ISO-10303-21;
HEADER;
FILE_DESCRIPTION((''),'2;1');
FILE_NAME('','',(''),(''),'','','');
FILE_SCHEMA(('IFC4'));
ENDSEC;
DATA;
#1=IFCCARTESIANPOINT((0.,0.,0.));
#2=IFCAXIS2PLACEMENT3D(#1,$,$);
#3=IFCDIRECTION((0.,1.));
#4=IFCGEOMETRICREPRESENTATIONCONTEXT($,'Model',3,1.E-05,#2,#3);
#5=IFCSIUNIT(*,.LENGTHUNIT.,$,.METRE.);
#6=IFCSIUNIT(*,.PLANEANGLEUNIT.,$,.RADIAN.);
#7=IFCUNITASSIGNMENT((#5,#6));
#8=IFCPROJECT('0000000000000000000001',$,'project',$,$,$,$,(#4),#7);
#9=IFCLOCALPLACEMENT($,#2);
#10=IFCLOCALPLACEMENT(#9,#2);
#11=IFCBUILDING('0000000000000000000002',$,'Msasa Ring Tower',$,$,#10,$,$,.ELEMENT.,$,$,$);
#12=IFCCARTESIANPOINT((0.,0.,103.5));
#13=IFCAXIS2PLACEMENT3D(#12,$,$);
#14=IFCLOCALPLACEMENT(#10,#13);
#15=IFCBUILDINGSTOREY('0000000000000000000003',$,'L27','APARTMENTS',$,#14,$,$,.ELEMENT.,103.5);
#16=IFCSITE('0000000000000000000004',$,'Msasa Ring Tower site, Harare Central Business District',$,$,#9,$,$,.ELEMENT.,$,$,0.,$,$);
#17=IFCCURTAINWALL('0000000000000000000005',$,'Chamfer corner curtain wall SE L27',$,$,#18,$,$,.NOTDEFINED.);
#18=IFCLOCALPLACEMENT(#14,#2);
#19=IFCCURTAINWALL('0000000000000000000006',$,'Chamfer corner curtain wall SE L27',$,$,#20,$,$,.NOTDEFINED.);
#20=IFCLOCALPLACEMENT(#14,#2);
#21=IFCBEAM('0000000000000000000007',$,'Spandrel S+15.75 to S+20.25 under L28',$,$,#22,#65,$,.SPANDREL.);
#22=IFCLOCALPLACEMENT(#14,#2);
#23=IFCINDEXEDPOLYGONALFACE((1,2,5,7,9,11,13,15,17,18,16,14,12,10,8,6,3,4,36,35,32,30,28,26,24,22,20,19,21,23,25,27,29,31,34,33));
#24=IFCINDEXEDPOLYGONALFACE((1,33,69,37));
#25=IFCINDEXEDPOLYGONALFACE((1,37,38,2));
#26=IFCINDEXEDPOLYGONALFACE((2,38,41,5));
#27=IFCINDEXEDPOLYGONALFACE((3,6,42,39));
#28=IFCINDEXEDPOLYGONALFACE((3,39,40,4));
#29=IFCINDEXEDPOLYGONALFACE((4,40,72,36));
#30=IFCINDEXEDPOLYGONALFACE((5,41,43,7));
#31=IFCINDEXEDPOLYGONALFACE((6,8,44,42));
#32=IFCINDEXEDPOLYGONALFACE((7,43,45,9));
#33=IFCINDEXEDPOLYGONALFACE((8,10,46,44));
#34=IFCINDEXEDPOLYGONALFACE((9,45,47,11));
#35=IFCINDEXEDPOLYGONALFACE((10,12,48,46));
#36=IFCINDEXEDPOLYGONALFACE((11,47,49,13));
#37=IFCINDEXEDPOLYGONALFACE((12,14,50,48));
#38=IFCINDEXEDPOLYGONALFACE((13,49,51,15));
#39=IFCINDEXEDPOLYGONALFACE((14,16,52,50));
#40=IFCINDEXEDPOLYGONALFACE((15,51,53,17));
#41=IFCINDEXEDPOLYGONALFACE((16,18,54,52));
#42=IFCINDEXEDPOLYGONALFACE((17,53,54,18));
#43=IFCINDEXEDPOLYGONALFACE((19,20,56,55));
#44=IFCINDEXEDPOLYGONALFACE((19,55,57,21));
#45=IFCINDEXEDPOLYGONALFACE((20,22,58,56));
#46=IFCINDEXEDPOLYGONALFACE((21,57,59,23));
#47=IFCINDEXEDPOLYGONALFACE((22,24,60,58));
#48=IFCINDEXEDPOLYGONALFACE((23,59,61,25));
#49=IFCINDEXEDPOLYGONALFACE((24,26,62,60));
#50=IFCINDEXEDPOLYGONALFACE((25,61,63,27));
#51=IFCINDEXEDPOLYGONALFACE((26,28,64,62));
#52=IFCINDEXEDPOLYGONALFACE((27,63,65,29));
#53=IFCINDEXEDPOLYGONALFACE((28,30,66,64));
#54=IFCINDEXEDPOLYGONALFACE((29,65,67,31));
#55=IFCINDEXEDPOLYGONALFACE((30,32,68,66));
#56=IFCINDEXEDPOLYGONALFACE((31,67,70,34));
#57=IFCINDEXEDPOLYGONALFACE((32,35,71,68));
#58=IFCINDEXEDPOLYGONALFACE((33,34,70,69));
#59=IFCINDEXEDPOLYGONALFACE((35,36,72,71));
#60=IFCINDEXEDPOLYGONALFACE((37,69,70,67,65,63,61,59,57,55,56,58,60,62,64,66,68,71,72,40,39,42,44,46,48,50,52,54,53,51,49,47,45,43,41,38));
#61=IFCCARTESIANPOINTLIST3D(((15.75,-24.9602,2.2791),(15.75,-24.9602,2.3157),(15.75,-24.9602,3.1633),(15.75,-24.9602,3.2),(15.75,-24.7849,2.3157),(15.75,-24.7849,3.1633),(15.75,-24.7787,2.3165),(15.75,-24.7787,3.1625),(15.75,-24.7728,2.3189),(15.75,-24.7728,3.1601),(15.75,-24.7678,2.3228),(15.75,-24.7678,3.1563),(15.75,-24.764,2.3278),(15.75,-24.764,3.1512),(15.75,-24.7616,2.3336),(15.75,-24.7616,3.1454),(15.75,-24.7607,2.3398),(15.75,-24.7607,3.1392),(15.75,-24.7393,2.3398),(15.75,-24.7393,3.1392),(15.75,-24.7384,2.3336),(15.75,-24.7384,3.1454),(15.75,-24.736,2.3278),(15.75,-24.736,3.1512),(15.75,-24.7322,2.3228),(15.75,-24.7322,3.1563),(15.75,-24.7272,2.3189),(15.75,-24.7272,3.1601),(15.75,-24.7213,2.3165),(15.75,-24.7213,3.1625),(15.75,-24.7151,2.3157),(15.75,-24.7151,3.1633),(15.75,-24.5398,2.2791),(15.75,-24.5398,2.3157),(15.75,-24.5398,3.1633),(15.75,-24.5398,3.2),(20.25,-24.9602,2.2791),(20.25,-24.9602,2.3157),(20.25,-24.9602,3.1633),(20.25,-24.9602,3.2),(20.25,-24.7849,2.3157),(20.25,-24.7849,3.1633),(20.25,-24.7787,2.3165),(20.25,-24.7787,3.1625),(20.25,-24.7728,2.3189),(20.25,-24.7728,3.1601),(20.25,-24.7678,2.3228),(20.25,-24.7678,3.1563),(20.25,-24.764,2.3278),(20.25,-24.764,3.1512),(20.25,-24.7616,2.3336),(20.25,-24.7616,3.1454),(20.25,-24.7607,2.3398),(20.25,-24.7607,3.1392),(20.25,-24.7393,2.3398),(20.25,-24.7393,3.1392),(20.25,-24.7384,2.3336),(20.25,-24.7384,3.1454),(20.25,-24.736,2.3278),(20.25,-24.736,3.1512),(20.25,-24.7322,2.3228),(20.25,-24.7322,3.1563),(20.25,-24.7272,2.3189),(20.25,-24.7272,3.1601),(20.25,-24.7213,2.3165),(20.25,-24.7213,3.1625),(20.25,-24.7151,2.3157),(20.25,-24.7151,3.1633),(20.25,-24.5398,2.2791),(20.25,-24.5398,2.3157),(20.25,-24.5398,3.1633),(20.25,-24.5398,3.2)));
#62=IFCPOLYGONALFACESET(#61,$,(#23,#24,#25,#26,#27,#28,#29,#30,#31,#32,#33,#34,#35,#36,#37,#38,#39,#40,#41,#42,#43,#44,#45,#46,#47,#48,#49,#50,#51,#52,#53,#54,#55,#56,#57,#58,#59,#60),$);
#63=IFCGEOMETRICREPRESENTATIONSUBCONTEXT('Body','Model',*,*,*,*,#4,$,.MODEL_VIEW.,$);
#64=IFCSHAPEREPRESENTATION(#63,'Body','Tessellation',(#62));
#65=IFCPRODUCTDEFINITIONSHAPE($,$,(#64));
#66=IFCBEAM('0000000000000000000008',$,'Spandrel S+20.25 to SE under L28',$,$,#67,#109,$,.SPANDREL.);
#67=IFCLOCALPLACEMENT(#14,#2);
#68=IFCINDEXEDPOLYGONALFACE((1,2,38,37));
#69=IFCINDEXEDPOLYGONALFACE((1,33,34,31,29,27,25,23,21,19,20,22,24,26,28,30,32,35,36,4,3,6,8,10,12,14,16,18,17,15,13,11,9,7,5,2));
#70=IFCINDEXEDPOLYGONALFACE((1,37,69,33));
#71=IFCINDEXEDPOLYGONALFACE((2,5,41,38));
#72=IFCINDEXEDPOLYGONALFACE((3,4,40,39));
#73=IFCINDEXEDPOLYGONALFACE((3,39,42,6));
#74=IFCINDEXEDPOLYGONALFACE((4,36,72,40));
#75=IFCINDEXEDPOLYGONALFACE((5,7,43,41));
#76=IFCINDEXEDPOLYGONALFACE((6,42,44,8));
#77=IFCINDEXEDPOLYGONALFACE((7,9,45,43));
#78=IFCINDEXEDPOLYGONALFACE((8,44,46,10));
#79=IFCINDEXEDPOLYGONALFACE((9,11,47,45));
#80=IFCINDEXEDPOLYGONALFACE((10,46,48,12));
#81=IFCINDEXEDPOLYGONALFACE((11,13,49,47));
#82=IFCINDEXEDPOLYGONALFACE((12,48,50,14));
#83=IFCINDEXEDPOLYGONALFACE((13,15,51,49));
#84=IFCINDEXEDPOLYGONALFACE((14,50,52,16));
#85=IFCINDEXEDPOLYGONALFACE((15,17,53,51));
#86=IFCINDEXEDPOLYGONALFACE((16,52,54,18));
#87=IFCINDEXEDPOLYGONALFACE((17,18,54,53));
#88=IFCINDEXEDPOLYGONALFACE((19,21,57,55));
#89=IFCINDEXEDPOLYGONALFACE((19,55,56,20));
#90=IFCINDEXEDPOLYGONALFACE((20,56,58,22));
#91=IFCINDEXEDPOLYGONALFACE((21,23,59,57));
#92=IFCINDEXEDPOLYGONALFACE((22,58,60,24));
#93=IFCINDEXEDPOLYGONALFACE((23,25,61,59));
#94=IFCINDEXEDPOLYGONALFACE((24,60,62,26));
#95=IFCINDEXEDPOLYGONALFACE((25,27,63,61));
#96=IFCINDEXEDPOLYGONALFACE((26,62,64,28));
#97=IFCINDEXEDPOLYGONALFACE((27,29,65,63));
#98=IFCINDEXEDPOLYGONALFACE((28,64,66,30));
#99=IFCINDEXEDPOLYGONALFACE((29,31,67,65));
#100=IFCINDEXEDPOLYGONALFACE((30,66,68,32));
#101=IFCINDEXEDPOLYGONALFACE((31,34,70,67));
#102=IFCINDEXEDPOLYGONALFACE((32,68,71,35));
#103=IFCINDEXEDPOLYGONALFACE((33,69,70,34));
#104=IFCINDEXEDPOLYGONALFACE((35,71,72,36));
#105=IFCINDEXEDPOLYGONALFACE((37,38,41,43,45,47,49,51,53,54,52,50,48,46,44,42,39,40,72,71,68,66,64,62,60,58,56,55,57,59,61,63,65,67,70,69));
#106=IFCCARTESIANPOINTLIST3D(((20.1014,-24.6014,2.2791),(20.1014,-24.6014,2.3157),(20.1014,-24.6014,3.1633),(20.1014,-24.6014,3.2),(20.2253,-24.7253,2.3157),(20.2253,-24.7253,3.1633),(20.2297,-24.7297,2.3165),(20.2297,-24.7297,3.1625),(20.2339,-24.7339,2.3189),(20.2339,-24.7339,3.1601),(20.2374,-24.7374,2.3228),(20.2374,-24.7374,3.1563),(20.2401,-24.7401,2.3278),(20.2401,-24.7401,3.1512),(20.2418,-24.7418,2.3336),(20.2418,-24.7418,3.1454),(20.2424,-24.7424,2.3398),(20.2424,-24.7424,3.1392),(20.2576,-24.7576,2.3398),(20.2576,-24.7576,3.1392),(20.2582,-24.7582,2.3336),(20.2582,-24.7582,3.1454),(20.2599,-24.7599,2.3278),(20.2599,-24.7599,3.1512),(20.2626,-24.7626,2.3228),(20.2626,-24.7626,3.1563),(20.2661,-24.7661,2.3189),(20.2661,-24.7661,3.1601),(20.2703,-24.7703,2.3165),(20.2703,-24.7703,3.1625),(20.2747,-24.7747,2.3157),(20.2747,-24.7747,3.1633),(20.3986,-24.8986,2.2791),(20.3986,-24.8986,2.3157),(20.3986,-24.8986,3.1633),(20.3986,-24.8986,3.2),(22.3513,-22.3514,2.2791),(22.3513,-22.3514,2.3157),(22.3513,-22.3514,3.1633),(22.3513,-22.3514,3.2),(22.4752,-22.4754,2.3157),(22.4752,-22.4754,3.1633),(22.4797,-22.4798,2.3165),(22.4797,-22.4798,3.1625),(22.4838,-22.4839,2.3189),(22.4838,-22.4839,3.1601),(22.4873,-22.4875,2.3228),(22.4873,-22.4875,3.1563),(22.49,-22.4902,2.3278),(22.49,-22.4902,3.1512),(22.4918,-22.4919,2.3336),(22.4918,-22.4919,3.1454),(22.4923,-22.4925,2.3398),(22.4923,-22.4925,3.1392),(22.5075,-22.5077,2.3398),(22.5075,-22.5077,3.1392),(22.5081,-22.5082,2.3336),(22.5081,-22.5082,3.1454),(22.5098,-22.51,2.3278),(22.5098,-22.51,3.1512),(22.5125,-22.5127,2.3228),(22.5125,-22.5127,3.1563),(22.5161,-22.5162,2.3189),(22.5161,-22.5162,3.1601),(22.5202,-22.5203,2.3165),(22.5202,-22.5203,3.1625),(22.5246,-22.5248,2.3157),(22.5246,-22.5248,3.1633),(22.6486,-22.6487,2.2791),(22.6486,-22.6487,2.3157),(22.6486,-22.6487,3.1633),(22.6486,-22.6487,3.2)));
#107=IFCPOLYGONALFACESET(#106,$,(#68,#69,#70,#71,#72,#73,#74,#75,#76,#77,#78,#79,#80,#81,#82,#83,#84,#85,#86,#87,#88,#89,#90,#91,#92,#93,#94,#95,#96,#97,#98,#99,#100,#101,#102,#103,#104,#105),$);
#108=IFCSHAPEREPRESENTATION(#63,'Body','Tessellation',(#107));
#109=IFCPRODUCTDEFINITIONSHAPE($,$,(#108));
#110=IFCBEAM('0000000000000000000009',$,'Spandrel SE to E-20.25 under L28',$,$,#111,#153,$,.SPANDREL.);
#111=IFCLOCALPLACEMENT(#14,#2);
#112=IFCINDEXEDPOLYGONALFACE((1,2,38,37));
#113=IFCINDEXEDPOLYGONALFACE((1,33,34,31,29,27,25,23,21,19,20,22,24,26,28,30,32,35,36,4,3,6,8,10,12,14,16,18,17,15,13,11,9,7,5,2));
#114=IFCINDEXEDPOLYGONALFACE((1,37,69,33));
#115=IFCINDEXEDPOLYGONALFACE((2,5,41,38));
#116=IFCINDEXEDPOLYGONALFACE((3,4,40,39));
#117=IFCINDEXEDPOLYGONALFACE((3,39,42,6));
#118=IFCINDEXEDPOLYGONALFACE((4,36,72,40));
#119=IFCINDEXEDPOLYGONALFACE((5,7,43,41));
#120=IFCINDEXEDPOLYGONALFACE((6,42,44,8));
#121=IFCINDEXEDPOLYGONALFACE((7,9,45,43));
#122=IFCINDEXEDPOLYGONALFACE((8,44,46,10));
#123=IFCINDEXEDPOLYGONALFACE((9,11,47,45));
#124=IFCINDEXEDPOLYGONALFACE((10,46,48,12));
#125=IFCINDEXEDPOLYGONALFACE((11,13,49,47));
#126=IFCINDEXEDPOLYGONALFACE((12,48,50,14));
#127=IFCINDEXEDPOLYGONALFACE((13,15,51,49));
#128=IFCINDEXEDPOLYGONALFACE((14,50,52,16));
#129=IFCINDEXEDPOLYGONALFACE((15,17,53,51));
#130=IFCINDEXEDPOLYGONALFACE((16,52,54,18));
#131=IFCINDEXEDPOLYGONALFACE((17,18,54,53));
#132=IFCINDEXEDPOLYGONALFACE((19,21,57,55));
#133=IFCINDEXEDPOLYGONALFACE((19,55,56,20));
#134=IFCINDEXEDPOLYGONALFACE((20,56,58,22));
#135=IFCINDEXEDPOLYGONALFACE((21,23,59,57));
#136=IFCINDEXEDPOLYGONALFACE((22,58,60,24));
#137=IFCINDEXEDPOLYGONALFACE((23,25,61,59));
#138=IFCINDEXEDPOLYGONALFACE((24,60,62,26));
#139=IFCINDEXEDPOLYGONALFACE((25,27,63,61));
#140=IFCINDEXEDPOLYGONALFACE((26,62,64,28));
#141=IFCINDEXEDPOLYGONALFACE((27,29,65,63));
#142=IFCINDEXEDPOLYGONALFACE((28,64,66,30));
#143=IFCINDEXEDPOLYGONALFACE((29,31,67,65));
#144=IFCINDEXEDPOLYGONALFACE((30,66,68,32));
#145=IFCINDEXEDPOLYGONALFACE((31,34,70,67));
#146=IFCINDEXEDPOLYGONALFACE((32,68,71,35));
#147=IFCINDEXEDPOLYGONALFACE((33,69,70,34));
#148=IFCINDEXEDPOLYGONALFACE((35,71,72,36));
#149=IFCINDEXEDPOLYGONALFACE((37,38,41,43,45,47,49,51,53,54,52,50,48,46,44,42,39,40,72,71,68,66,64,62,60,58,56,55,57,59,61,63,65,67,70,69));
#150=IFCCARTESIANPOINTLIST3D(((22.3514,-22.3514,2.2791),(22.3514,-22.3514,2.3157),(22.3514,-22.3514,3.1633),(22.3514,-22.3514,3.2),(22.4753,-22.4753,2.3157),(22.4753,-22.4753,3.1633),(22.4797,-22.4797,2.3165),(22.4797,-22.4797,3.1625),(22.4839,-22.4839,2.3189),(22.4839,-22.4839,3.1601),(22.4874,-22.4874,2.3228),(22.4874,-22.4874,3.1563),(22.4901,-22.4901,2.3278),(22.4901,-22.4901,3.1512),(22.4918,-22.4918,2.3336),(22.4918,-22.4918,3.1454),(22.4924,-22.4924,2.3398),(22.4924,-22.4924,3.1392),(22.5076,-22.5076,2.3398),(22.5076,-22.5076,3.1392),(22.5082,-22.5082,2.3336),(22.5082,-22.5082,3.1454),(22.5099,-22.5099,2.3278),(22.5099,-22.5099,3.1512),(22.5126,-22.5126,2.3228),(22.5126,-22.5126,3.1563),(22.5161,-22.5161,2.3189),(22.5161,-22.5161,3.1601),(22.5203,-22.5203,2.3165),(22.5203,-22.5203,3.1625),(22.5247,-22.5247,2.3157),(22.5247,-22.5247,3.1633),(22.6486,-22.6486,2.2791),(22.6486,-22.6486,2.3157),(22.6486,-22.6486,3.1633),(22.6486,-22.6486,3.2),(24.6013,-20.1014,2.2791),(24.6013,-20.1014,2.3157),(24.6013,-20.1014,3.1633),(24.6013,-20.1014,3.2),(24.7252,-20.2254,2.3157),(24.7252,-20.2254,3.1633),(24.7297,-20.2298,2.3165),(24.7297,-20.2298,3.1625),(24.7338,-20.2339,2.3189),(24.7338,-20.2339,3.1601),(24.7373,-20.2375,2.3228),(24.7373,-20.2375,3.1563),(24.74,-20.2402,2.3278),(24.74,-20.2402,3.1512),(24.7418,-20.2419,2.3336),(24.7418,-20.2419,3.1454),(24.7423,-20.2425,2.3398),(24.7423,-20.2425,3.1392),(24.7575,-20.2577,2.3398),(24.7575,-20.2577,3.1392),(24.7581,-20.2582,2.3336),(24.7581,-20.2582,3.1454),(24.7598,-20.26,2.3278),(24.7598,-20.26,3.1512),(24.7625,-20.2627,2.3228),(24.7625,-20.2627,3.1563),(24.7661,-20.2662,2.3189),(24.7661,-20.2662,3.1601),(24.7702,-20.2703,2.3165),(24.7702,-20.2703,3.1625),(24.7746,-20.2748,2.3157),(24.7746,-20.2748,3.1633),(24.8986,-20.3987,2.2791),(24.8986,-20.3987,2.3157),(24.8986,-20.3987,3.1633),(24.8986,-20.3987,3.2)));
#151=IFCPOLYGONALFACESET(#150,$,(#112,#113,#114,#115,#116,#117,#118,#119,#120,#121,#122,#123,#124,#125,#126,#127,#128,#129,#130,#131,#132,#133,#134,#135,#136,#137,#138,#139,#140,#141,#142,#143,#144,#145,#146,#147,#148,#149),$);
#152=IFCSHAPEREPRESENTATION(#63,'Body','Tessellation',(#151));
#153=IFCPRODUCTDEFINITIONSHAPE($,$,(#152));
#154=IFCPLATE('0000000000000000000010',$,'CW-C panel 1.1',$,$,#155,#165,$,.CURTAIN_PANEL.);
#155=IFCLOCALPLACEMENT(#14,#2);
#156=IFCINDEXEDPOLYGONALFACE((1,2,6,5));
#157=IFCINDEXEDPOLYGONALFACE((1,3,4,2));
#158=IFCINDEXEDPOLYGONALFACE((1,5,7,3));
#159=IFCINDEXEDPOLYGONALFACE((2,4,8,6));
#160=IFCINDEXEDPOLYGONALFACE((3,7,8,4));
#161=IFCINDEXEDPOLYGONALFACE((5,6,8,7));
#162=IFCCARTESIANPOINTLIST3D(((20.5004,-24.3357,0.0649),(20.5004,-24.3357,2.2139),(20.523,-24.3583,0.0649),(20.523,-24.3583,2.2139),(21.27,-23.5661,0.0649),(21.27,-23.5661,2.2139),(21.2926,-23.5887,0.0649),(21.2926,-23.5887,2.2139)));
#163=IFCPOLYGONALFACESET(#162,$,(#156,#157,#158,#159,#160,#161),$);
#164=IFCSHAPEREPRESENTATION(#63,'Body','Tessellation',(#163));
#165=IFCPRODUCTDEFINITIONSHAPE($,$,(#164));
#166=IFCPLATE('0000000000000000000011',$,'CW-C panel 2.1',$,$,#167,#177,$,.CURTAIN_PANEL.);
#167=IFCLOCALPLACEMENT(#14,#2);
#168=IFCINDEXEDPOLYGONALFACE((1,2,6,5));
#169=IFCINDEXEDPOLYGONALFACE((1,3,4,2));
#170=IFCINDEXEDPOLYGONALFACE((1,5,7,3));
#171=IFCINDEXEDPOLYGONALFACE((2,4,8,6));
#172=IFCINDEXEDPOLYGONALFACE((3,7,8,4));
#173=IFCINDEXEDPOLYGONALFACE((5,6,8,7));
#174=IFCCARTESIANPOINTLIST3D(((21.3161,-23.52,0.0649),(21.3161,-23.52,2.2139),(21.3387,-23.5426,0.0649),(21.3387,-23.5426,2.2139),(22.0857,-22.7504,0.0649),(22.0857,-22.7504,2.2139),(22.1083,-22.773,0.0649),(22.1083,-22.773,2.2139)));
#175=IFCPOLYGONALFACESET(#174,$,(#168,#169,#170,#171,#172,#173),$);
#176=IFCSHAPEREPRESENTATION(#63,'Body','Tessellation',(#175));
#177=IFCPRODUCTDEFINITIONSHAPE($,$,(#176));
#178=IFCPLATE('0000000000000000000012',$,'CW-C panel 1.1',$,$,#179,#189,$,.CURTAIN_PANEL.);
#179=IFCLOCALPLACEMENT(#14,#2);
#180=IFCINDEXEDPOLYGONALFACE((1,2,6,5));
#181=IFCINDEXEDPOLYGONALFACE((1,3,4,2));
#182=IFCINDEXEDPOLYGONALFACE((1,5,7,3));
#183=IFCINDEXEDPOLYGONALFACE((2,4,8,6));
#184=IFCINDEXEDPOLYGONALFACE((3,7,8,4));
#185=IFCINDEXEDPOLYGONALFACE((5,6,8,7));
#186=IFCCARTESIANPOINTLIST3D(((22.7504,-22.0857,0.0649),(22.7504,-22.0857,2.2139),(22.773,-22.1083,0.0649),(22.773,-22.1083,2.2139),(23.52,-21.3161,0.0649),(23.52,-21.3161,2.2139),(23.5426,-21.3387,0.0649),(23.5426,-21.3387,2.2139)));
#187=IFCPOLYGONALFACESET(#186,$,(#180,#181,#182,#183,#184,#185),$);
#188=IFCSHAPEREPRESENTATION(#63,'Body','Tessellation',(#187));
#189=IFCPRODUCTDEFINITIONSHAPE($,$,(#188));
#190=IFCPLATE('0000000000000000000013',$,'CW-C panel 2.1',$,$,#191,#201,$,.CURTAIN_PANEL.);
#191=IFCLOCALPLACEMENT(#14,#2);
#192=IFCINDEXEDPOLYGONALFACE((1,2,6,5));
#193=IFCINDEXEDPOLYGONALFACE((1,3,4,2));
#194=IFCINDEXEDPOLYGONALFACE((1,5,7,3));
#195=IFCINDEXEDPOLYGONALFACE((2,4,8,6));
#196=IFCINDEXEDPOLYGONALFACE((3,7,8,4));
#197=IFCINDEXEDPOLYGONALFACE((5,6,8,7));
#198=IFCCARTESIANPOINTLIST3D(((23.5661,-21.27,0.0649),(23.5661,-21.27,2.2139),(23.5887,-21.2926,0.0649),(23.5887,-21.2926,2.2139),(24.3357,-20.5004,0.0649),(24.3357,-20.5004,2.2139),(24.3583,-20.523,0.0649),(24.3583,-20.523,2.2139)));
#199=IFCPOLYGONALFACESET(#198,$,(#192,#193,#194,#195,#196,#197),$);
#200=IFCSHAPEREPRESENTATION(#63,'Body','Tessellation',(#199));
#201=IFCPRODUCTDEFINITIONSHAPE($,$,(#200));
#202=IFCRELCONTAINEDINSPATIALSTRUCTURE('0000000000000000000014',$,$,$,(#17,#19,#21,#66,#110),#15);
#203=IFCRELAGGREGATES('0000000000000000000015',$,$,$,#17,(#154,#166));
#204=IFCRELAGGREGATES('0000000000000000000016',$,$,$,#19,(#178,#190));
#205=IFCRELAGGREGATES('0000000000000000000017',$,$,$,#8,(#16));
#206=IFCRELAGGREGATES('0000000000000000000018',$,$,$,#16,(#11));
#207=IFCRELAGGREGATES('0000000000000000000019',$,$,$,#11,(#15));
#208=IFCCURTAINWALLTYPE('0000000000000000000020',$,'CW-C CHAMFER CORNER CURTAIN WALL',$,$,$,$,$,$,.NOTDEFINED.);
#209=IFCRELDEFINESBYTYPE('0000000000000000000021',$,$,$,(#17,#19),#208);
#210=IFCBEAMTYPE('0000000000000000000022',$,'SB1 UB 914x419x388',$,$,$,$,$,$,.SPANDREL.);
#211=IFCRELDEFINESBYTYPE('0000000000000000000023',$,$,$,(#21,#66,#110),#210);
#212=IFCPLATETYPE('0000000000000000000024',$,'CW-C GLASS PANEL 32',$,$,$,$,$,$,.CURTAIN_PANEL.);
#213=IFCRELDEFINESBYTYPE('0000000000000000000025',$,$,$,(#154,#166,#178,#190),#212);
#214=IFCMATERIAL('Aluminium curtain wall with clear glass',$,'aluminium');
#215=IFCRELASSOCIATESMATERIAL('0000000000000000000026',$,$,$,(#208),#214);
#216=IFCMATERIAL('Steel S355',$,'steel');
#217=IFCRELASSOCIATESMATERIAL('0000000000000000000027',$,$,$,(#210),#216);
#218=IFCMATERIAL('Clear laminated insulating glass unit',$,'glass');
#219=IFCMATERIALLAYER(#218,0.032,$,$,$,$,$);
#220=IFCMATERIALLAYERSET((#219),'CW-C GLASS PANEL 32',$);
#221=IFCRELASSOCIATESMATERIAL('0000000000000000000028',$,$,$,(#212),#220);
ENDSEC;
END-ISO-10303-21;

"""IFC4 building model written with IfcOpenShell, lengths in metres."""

from ifc_helpers import new_model, si_unit, direction, frame, origin, origin_2d, place, context, subcontext, project, spatial, rectangle, i_section, extrude, material, layer, layer_set, material_profile, profile_set, type_object, element, aggregate, save


model = new_model("IFC4")

# Units and contexts
model_context = context("Model", 3, precision=1e-05, world=origin(), true_north=direction((0.0, 1.0)))
body_context = subcontext(model_context, "Body", "Model", "MODEL_VIEW")
ifc_project = project(units=[si_unit("LENGTHUNIT", "METRE"), si_unit("PLANEANGLEUNIT", "RADIAN")], contexts=[model_context])

# Site, building, storey
site_placement = place(None, origin())
site = spatial("IfcSite", under=ifc_project, at=site_placement, Name="Msasa Ring Tower site, Harare Central Business District", CompositionType="ELEMENT", RefElevation=0.0)
building_placement = place(site_placement, origin())
building = spatial("IfcBuilding", under=site, at=building_placement, Name="Msasa Ring Tower", CompositionType="ELEMENT")
storey_placement = place(building_placement, frame((0.0, 0.0, 103.5)))
storey = spatial("IfcBuildingStorey", under=building, at=storey_placement, Name="L27", Description="APARTMENTS", CompositionType="ELEMENT", Elevation=103.5)

# Curtain walls
ifc_material_1 = material(Name="Aluminium curtain wall with clear glass", Category="aluminium")
curtain_wall_type = type_object("IfcCurtainWallType", Name="CW-C CHAMFER CORNER CURTAIN WALL", PredefinedType="NOTDEFINED", material=ifc_material_1)
curtain_wall_1_placement = place(storey_placement, origin())
curtain_wall_1 = element("IfcCurtainWall", 1, at=curtain_wall_1_placement, inside=storey, type_object=curtain_wall_type, Name="Chamfer corner curtain wall SE L27", PredefinedType="NOTDEFINED")
curtain_wall_2_placement = place(storey_placement, origin())
curtain_wall_2 = element("IfcCurtainWall", 2, at=curtain_wall_2_placement, inside=storey, type_object=curtain_wall_type, Name="Chamfer corner curtain wall SE L27", PredefinedType="NOTDEFINED")

# Beams
ifc_material_2 = material(Name="Steel S355", Category="steel")
ifc_material_profile_1 = material_profile(ifc_material_2, i_section(OverallWidth=0.4204, OverallDepth=0.9209, WebThickness=0.0215, FlangeThickness=0.0366, FilletRadius=0.0242, at=origin_2d()), Name="UB 914x419x388")
ifc_profile_set_1 = profile_set([ifc_material_profile_1], Name="Steel S355")
beam_type_1 = type_object("IfcBeamType", Name="SB1 UB 914x419x388", PredefinedType="SPANDREL", material=ifc_profile_set_1)
beam_1_placement = place(storey_placement, frame((15.75, -24.75, 2.7395), z_axis=(1.0, 0.0, 0.0), x_axis=(0.0, 1.0, 0.0)))
element("IfcBeam", 3, at=beam_1_placement, inside=storey, type_object=beam_type_1, Name="Spandrel S+15.75 to S+20.25 under L28", PredefinedType="SPANDREL", context=body_context, shape_type="SweptSolid", body=[
    extrude(i_section(OverallWidth=0.4204, OverallDepth=0.9209, WebThickness=0.0215, FlangeThickness=0.0366, FilletRadius=0.0242, at=origin_2d()), origin(), (0.0, 0.0, 1.0), 4.5),
])
for number, where, z_axis, x_axis, name in (
    (4, (20.25, -24.75, 2.7395), (0.707107, 0.707107, 0.0), (-0.707107, 0.707107, 0.0), "Spandrel S+20.25 to SE under L28"),
    (5, (22.5, -22.5, 2.7395), (0.707107, 0.707107, 0.0), (-0.707107, 0.707107, 0.0), "Spandrel SE to E-20.25 under L28"),
):
    element("IfcBeam", number, at=place(storey_placement, frame(where, z_axis=z_axis, x_axis=x_axis)), inside=storey, type_object=beam_type_1, Name=name, PredefinedType="SPANDREL", context=body_context, shape_type="SweptSolid", body=[
        extrude(i_section(OverallWidth=0.4204, OverallDepth=0.9209, WebThickness=0.0215, FlangeThickness=0.0366, FilletRadius=0.0242, at=origin_2d()), origin(), (0.0, 0.0, 1.0), 3.1819),
    ])

# Plates
ifc_material_3 = material(Name="Clear laminated insulating glass unit", Category="glass")
ifc_layer_1 = layer(ifc_material_3, 0.032)
ifc_layer_set_1 = layer_set([ifc_layer_1], Name="CW-C GLASS PANEL 32")
plate_type = type_object("IfcPlateType", Name="CW-C GLASS PANEL 32", PredefinedType="CURTAIN_PANEL", material=ifc_layer_set_1)
plate_1_placement = place(storey_placement, frame((20.8965, -23.9622, 0.0649), z_axis=(0.0, 0.0, 1.0), x_axis=(0.707107, 0.707107, 0.0)))
plate_1 = element("IfcPlate", 6, at=plate_1_placement, type_object=plate_type, Name="CW-C panel 1.1", PredefinedType="CURTAIN_PANEL", context=body_context, shape_type="SweptSolid", body=[
    extrude(rectangle(XDim=1.0884, YDim=0.032, at=origin_2d()), origin(), (0.0, 0.0, 1.0), 2.1489),
])
plate_2_placement = place(storey_placement, frame((21.7122, -23.1465, 0.0649), z_axis=(0.0, 0.0, 1.0), x_axis=(0.707107, 0.707107, 0.0)))
plate_2 = element("IfcPlate", 7, at=plate_2_placement, type_object=plate_type, Name="CW-C panel 2.1", PredefinedType="CURTAIN_PANEL", context=body_context, shape_type="SweptSolid", body=[
    extrude(rectangle(XDim=1.0884, YDim=0.032, at=origin_2d()), origin(), (0.0, 0.0, 1.0), 2.1489),
])
aggregate(curtain_wall_1, [plate_1, plate_2])
plate_3_placement = place(storey_placement, frame((23.1465, -21.7122, 0.0649), z_axis=(0.0, 0.0, 1.0), x_axis=(0.707107, 0.707107, 0.0)))
plate_3 = element("IfcPlate", 8, at=plate_3_placement, type_object=plate_type, Name="CW-C panel 1.1", PredefinedType="CURTAIN_PANEL", context=body_context, shape_type="SweptSolid", body=[
    extrude(rectangle(XDim=1.0884, YDim=0.032, at=origin_2d()), origin(), (0.0, 0.0, 1.0), 2.1489),
])
plate_4_placement = place(storey_placement, frame((23.9622, -20.8965, 0.0649), z_axis=(0.0, 0.0, 1.0), x_axis=(0.707107, 0.707107, 0.0)))
plate_4 = element("IfcPlate", 9, at=plate_4_placement, type_object=plate_type, Name="CW-C panel 2.1", PredefinedType="CURTAIN_PANEL", context=body_context, shape_type="SweptSolid", body=[
    extrude(rectangle(XDim=1.0884, YDim=0.032, at=origin_2d()), origin(), (0.0, 0.0, 1.0), 2.1489),
])
aggregate(curtain_wall_2, [plate_3, plate_4])

save(model, "model.ifc")
